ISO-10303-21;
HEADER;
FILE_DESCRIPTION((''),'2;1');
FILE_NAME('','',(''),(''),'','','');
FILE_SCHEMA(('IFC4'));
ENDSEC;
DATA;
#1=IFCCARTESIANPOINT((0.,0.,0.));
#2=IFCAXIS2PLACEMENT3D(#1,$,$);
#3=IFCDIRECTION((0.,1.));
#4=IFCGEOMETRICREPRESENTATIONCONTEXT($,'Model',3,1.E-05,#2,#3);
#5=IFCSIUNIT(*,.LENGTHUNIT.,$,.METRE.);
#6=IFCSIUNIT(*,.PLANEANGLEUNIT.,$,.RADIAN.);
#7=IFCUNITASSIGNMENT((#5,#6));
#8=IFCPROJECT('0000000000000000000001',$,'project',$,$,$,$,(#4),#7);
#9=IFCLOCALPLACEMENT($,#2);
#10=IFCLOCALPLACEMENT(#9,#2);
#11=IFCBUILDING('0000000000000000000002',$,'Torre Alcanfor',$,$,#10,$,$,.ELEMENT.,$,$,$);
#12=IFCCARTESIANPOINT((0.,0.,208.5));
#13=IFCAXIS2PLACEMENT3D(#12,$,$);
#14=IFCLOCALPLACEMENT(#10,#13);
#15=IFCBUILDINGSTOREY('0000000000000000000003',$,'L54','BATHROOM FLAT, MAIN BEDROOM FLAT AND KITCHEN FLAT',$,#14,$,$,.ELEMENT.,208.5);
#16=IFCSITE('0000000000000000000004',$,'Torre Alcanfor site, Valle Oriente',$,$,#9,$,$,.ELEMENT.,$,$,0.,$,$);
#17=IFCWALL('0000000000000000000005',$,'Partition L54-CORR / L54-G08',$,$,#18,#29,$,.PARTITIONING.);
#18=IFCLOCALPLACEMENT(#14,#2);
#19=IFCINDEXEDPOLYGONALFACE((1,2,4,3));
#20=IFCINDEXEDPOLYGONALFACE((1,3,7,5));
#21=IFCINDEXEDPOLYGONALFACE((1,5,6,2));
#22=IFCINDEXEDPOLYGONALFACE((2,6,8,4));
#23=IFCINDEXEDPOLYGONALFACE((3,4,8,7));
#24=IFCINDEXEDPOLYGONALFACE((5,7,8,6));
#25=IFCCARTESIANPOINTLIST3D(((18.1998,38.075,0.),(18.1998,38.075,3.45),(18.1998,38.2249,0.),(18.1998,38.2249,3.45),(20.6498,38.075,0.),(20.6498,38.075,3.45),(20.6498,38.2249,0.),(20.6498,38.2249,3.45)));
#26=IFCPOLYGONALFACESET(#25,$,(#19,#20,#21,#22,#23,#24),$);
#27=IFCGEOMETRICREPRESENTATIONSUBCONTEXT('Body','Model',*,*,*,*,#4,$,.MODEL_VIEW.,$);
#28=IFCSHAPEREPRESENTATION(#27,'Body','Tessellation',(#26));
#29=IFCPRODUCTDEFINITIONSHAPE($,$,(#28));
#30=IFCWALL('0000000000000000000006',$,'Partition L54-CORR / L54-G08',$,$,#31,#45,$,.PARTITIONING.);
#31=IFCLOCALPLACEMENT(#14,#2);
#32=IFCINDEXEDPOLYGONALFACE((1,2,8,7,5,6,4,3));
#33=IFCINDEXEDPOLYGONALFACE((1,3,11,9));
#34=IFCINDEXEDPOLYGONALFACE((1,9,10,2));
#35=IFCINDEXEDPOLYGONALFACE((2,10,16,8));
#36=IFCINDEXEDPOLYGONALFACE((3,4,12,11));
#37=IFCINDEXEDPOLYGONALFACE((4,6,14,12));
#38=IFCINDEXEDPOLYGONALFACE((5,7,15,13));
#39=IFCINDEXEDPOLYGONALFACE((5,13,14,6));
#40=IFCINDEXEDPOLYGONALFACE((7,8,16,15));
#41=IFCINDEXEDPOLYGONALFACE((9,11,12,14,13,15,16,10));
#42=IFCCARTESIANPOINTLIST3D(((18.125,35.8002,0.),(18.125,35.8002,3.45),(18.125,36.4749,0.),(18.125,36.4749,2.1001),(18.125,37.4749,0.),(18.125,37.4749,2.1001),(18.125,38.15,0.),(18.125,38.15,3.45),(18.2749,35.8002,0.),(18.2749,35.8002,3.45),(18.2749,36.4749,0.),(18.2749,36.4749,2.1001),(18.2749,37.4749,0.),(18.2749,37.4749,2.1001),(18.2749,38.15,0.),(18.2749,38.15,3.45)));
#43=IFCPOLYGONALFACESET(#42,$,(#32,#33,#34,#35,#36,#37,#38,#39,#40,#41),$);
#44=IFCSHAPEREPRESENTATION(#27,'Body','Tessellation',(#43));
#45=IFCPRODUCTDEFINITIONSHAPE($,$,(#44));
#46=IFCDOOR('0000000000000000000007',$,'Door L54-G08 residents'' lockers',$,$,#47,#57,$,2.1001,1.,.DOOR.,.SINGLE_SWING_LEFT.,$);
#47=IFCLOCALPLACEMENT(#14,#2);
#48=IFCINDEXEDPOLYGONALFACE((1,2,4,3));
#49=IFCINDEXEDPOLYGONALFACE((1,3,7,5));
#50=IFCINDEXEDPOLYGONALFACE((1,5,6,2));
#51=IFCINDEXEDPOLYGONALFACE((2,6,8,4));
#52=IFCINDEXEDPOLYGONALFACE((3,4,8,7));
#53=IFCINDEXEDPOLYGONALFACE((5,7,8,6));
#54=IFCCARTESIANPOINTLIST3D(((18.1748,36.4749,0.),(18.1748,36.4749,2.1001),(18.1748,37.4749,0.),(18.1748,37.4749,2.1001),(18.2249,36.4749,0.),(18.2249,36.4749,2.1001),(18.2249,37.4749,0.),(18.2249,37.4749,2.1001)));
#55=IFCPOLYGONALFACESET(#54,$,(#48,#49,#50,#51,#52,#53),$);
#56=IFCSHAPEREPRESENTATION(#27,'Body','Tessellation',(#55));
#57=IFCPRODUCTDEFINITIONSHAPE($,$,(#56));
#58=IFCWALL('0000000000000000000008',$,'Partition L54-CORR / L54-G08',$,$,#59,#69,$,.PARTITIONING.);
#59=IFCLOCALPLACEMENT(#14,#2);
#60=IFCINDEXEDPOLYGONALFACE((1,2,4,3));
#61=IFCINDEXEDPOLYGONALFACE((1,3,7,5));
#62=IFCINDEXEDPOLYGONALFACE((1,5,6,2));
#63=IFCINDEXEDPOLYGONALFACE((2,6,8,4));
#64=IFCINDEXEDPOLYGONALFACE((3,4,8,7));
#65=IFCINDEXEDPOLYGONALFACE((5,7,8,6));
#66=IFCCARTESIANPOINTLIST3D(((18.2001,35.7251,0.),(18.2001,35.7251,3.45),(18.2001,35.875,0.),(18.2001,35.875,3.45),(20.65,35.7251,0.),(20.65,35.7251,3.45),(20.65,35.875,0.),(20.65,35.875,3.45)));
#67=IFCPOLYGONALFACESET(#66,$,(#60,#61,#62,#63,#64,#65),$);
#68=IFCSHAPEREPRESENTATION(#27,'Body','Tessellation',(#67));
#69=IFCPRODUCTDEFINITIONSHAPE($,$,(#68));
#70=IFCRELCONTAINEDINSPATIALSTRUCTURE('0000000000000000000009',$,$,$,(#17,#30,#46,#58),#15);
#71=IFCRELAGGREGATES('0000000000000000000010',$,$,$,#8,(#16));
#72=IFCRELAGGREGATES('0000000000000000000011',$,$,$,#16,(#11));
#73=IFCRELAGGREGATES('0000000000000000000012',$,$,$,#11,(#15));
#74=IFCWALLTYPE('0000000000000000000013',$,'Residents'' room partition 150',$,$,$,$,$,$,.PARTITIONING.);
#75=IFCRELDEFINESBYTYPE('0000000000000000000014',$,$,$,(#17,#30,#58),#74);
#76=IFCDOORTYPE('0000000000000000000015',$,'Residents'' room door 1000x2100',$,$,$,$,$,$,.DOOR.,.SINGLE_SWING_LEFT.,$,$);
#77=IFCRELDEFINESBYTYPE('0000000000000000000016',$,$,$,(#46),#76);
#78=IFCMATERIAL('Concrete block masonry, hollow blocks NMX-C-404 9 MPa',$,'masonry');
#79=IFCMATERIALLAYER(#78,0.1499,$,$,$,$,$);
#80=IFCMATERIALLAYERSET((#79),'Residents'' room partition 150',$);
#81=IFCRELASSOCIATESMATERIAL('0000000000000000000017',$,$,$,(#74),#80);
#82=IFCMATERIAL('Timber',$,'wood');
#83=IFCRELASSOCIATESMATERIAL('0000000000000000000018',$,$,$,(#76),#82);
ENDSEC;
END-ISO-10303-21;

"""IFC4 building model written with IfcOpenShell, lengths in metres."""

from ifc_helpers import new_model, si_unit, direction, frame, frame_2d, origin, place, context, subcontext, project, spatial, rectangle, extrude, material, layer, layer_set, type_object, element, fill, save


model = new_model("IFC4")

# Units and contexts
model_context = context("Model", 3, precision=1e-05, world=origin(), true_north=direction((0.0, 1.0)))
body_context = subcontext(model_context, "Body", "Model", "MODEL_VIEW")
ifc_project = project(units=[si_unit("LENGTHUNIT", "METRE"), si_unit("PLANEANGLEUNIT", "RADIAN")], contexts=[model_context])

# Site, building, storey
site_placement = place(None, origin())
site = spatial("IfcSite", under=ifc_project, at=site_placement, Name="Torre Alcanfor site, Valle Oriente", CompositionType="ELEMENT", RefElevation=0.0)
building_placement = place(site_placement, origin())
building = spatial("IfcBuilding", under=site, at=building_placement, Name="Torre Alcanfor", CompositionType="ELEMENT")
storey_placement = place(building_placement, frame((0.0, 0.0, 208.5)))
storey = spatial("IfcBuildingStorey", under=building, at=storey_placement, Name="L54", Description="BATHROOM FLAT, MAIN BEDROOM FLAT AND KITCHEN FLAT", CompositionType="ELEMENT", Elevation=208.5)

# Wall
ifc_material_1 = material(Name="Concrete block masonry, hollow blocks NMX-C-404 9 MPa", Category="masonry")
ifc_layer_1 = layer(ifc_material_1, 0.1499)
ifc_layer_set_1 = layer_set([ifc_layer_1], Name="Residents' room partition 150")
wall_type_1 = type_object("IfcWallType", Name="Residents' room partition 150", PredefinedType="PARTITIONING", material=ifc_layer_set_1)
wall_1_placement = place(storey_placement, frame((20.6499, 38.1499, 0.0), z_axis=(0.0, 0.0, 1.0), x_axis=(-1.0, 0.0, 0.0)))
element("IfcWall", 1, at=wall_1_placement, inside=storey, type_object=wall_type_1, Name="Partition L54-CORR / L54-G08", PredefinedType="PARTITIONING", context=body_context, shape_type="SweptSolid", body=[
    extrude(rectangle(XDim=2.45, YDim=0.1499, at=frame_2d((1.2251, 0.0))), origin(), (0.0, 0.0, 1.0), 3.45),
])

# Wall, opening, door
wall_2_placement = place(storey_placement, frame((18.2, 38.1499, 0.0), z_axis=(0.0, 0.0, 1.0), x_axis=(0.0, -1.0, 0.0)))
wall_2 = element("IfcWall", 2, at=wall_2_placement, inside=storey, type_object=wall_type_1, Name="Partition L54-CORR / L54-G08", PredefinedType="PARTITIONING", context=body_context, shape_type="SweptSolid", body=[
    extrude(rectangle(XDim=2.3499, YDim=0.1499, at=frame_2d((1.1748, 0.0))), origin(), (0.0, 0.0, 1.0), 3.45),
])
opening_1_placement = place(wall_2_placement, frame((0.675, 0.0, 0.0)))
opening_1 = element("IfcOpeningElement", 3, at=opening_1_placement, cuts=wall_2, PredefinedType="OPENING", context=body_context, shape_type="SweptSolid", body=[
    extrude(rectangle(XDim=1.0, YDim=2.1001, at=frame_2d((0.5, 1.05))), frame((0.0, 0.085, 0.0), z_axis=(0.0, -1.0, 0.0), x_axis=(1.0, 0.0, 0.0)), (0.0, 0.0, 1.0), 0.1699),
])
ifc_material_2 = material(Name="Timber", Category="wood")
door_type_1 = type_object("IfcDoorType", Name="Residents' room door 1000x2100", OperationType="SINGLE_SWING_LEFT", PredefinedType="DOOR", material=ifc_material_2)
door_1_placement = place(opening_1_placement, origin())
door_1 = element("IfcDoor", 4, at=door_1_placement, inside=storey, type_object=door_type_1, Name="Door L54-G08 residents' lockers", OperationType="SINGLE_SWING_LEFT", OverallHeight=2.1001, OverallWidth=1.0, PredefinedType="DOOR", context=body_context, shape_type="SweptSolid", body=[
    extrude(rectangle(XDim=1.0, YDim=2.1001, at=frame_2d((0.5, 1.05))), frame((0.0, 0.0249, 0.0), z_axis=(0.0, -1.0, 0.0), x_axis=(1.0, 0.0, 0.0)), (0.0, 0.0, 1.0), 0.05),
])
fill(opening_1, door_1)

# Wall
wall_3_placement = place(storey_placement, frame((18.2, 35.8, 0.0), z_axis=(0.0, 0.0, 1.0), x_axis=(1.0, 0.0, 0.0)))
element("IfcWall", 5, at=wall_3_placement, inside=storey, type_object=wall_type_1, Name="Partition L54-CORR / L54-G08", PredefinedType="PARTITIONING", context=body_context, shape_type="SweptSolid", body=[
    extrude(rectangle(XDim=2.45, YDim=0.1499, at=frame_2d((1.2251, 0.0))), origin(), (0.0, 0.0, 1.0), 3.45),
])

save(model, "model.ifc")
